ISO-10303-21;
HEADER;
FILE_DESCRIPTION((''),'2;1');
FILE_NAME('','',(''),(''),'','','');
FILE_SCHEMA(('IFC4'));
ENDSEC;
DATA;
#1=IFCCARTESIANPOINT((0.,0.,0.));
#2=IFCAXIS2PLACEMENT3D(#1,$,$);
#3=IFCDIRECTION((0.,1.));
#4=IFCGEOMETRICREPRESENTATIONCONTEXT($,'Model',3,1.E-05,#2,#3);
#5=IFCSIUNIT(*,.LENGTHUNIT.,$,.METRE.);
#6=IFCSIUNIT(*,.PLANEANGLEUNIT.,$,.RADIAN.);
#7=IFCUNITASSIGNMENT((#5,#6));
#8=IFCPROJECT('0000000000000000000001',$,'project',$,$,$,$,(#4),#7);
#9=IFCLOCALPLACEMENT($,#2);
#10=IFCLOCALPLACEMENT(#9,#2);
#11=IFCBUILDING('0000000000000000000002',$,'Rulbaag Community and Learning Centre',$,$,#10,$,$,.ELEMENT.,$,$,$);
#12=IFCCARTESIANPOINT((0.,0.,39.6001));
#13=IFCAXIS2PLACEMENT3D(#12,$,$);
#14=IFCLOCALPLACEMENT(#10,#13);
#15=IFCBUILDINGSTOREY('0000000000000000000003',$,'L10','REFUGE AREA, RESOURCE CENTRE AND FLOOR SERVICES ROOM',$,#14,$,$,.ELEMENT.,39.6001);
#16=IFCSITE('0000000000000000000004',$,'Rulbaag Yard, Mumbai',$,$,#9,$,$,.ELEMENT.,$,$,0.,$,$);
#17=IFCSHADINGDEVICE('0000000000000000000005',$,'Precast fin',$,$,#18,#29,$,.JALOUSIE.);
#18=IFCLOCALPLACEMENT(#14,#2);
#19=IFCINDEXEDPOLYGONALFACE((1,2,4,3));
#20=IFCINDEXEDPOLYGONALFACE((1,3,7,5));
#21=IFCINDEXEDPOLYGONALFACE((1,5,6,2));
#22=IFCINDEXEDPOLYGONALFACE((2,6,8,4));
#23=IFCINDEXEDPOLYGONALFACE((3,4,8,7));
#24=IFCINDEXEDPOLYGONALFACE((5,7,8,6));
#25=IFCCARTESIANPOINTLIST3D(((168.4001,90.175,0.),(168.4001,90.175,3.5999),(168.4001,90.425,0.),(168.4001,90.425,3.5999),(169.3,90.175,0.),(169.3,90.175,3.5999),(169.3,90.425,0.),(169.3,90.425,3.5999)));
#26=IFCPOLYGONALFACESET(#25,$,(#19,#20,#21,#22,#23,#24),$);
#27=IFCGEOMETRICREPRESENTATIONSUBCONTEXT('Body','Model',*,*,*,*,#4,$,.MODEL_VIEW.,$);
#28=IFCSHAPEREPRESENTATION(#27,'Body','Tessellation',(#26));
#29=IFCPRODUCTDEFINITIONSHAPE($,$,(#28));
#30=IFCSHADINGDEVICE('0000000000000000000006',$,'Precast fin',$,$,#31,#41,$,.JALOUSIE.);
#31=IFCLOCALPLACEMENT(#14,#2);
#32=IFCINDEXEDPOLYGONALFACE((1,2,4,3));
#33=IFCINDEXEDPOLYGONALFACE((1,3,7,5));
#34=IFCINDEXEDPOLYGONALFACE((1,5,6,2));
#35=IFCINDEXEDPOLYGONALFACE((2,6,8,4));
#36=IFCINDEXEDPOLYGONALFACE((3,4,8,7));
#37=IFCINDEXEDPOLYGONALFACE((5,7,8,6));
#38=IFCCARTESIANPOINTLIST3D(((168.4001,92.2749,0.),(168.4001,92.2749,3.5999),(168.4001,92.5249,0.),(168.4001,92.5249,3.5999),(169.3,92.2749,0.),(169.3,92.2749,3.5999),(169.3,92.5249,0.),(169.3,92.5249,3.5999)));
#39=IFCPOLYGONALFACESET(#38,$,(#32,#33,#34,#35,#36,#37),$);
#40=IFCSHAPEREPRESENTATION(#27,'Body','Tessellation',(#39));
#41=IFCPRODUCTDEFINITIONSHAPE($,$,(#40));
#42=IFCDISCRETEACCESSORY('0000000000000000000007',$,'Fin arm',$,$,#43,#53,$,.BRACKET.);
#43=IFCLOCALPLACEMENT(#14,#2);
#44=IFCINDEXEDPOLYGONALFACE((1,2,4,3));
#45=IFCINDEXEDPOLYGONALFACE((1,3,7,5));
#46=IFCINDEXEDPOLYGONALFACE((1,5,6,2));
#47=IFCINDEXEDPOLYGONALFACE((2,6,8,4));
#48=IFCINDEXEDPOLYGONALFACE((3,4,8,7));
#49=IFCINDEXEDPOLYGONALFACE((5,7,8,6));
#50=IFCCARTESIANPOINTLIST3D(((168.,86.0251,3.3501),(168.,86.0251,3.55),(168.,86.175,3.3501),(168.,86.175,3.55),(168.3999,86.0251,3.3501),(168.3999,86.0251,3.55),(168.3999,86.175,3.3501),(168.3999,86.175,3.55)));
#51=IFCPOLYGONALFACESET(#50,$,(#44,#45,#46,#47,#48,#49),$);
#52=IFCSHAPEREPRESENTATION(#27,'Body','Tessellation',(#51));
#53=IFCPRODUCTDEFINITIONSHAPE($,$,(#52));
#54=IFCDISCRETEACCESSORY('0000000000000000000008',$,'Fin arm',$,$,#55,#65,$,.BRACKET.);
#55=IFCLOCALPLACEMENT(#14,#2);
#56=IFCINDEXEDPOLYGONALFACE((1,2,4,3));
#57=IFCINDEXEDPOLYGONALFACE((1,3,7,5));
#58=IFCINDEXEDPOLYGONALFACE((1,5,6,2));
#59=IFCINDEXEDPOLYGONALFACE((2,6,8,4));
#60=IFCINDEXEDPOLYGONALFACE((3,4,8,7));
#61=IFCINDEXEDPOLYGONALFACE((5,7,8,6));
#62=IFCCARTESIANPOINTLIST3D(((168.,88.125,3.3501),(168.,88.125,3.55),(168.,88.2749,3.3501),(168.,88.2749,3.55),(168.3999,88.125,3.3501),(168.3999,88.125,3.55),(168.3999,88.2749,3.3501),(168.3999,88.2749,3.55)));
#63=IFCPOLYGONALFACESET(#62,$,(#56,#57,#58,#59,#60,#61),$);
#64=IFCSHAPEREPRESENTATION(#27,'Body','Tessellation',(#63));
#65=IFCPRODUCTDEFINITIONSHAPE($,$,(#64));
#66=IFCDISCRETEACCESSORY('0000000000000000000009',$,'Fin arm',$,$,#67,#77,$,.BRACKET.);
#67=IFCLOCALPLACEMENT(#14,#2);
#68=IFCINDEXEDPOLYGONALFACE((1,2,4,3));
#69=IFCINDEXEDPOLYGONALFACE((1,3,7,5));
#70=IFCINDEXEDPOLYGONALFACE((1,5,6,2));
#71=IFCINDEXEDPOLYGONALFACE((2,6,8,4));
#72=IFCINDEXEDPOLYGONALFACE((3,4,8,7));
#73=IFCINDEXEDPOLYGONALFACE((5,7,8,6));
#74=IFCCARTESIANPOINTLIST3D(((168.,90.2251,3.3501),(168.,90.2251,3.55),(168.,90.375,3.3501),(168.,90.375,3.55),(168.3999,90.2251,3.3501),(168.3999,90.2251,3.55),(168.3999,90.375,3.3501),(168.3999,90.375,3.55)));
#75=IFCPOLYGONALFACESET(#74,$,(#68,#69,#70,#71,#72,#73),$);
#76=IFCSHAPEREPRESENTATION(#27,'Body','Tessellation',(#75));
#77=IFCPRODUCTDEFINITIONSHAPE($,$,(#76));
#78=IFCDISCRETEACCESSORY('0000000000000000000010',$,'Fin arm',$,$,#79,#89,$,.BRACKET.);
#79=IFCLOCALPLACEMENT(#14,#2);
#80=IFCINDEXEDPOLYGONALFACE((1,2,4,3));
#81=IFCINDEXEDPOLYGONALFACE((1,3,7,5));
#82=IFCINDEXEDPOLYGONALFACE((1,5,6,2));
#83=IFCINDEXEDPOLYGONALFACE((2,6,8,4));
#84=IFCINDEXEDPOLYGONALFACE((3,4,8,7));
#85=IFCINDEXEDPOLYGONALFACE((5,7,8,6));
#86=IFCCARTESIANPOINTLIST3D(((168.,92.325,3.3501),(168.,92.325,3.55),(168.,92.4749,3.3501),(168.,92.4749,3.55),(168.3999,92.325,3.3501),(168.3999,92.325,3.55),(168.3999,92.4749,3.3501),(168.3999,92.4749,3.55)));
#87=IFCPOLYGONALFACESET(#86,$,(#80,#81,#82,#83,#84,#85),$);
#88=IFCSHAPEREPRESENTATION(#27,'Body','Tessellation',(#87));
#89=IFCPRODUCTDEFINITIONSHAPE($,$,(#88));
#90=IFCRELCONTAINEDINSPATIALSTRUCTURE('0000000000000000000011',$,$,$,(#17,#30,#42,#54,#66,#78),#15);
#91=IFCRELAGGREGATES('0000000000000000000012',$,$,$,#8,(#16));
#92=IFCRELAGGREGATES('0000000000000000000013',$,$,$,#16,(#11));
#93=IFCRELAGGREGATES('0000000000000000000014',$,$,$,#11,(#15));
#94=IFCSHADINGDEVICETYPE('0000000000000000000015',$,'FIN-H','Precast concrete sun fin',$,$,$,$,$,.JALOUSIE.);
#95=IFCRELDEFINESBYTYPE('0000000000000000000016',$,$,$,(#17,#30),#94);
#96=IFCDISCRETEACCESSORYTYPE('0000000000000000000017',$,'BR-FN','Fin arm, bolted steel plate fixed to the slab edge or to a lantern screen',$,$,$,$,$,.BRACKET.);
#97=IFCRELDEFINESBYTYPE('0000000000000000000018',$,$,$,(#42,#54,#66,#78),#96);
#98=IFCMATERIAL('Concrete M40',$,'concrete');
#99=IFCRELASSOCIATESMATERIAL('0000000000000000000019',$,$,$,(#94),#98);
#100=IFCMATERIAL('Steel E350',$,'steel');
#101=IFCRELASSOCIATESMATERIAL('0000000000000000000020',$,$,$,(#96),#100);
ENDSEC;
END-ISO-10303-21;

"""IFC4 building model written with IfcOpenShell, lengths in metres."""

from ifc_helpers import new_model, si_unit, direction, frame, origin, origin_2d, place, context, subcontext, project, spatial, rectangle, extrude, material, material_profile, profile_set, type_object, element, save


model = new_model("IFC4")

# Units and contexts
model_context = context("Model", 3, precision=1e-05, world=origin(), true_north=direction((0.0, 1.0)))
body_context = subcontext(model_context, "Body", "Model", "MODEL_VIEW")
ifc_project = project(units=[si_unit("LENGTHUNIT", "METRE"), si_unit("PLANEANGLEUNIT", "RADIAN")], contexts=[model_context])

# Site, building, storey
site_placement = place(None, origin())
site = spatial("IfcSite", under=ifc_project, at=site_placement, Name="Rulbaag Yard, Mumbai", CompositionType="ELEMENT", RefElevation=0.0)
building_placement = place(site_placement, origin())
building = spatial("IfcBuilding", under=site, at=building_placement, Name="Rulbaag Community and Learning Centre", CompositionType="ELEMENT")
storey_placement = place(building_placement, frame((0.0, 0.0, 39.6001)))
storey = spatial("IfcBuildingStorey", under=building, at=storey_placement, Name="L10", Description="REFUGE AREA, RESOURCE CENTRE AND FLOOR SERVICES ROOM", CompositionType="ELEMENT", Elevation=39.6001)

# Shading devices
ifc_material_1 = material(Name="Concrete M40", Category="concrete")
ifc_material_profile_1 = material_profile(ifc_material_1, rectangle(XDim=0.25, YDim=0.8999, at=origin_2d()), Name="PC 250x900")
ifc_profile_set_1 = profile_set([ifc_material_profile_1], Name="Concrete M40")
shading_device_type_1 = type_object("IfcShadingDeviceType", Name="FIN-H", Description="Precast concrete sun fin", PredefinedType="JALOUSIE", material=ifc_profile_set_1)
for number, where, z_axis, x_axis, name in (
    (1, (168.8501, 90.3, 0.0), (0.0, 0.0, 1.0), (0.0, 1.0, 0.0), "Precast fin"),
    (2, (168.8501, 92.3999, 0.0), (0.0, 0.0, 1.0), (0.0, 1.0, 0.0), "Precast fin"),
):
    element("IfcShadingDevice", number, at=place(storey_placement, frame(where, z_axis=z_axis, x_axis=x_axis)), inside=storey, type_object=shading_device_type_1, Name=name, PredefinedType="JALOUSIE", context=body_context, shape_type="SweptSolid", body=[
        extrude(rectangle(XDim=0.25, YDim=0.8999, at=origin_2d()), origin(), (0.0, 0.0, 1.0), 3.5999),
    ])

# Discrete accessories
ifc_material_2 = material(Name="Steel E350", Category="steel")
discrete_accessory_type = type_object("IfcDiscreteAccessoryType", Name="BR-FN", Description="Fin arm, bolted steel plate fixed to the slab edge or to a lantern screen", PredefinedType="BRACKET", material=ifc_material_2)
for number, where, z_axis, x_axis, name in (
    (3, (168.2, 86.1001, 3.3501), (0.0, 0.0, 1.0), (1.0, 0.0, 0.0), "Fin arm"),
    (4, (168.2, 88.2, 3.3501), (0.0, 0.0, 1.0), (1.0, 0.0, 0.0), "Fin arm"),
    (5, (168.2, 90.3, 3.3501), (0.0, 0.0, 1.0), (1.0, 0.0, 0.0), "Fin arm"),
    (6, (168.2, 92.3999, 3.3501), (0.0, 0.0, 1.0), (1.0, 0.0, 0.0), "Fin arm"),
):
    element("IfcDiscreteAccessory", number, at=place(storey_placement, frame(where, z_axis=z_axis, x_axis=x_axis)), inside=storey, type_object=discrete_accessory_type, Name=name, PredefinedType="BRACKET", context=body_context, shape_type="SweptSolid", body=[
        extrude(rectangle(XDim=0.3999, YDim=0.1499, at=origin_2d()), origin(), (0.0, 0.0, 1.0), 0.2),
    ])

save(model, "model.ifc")
